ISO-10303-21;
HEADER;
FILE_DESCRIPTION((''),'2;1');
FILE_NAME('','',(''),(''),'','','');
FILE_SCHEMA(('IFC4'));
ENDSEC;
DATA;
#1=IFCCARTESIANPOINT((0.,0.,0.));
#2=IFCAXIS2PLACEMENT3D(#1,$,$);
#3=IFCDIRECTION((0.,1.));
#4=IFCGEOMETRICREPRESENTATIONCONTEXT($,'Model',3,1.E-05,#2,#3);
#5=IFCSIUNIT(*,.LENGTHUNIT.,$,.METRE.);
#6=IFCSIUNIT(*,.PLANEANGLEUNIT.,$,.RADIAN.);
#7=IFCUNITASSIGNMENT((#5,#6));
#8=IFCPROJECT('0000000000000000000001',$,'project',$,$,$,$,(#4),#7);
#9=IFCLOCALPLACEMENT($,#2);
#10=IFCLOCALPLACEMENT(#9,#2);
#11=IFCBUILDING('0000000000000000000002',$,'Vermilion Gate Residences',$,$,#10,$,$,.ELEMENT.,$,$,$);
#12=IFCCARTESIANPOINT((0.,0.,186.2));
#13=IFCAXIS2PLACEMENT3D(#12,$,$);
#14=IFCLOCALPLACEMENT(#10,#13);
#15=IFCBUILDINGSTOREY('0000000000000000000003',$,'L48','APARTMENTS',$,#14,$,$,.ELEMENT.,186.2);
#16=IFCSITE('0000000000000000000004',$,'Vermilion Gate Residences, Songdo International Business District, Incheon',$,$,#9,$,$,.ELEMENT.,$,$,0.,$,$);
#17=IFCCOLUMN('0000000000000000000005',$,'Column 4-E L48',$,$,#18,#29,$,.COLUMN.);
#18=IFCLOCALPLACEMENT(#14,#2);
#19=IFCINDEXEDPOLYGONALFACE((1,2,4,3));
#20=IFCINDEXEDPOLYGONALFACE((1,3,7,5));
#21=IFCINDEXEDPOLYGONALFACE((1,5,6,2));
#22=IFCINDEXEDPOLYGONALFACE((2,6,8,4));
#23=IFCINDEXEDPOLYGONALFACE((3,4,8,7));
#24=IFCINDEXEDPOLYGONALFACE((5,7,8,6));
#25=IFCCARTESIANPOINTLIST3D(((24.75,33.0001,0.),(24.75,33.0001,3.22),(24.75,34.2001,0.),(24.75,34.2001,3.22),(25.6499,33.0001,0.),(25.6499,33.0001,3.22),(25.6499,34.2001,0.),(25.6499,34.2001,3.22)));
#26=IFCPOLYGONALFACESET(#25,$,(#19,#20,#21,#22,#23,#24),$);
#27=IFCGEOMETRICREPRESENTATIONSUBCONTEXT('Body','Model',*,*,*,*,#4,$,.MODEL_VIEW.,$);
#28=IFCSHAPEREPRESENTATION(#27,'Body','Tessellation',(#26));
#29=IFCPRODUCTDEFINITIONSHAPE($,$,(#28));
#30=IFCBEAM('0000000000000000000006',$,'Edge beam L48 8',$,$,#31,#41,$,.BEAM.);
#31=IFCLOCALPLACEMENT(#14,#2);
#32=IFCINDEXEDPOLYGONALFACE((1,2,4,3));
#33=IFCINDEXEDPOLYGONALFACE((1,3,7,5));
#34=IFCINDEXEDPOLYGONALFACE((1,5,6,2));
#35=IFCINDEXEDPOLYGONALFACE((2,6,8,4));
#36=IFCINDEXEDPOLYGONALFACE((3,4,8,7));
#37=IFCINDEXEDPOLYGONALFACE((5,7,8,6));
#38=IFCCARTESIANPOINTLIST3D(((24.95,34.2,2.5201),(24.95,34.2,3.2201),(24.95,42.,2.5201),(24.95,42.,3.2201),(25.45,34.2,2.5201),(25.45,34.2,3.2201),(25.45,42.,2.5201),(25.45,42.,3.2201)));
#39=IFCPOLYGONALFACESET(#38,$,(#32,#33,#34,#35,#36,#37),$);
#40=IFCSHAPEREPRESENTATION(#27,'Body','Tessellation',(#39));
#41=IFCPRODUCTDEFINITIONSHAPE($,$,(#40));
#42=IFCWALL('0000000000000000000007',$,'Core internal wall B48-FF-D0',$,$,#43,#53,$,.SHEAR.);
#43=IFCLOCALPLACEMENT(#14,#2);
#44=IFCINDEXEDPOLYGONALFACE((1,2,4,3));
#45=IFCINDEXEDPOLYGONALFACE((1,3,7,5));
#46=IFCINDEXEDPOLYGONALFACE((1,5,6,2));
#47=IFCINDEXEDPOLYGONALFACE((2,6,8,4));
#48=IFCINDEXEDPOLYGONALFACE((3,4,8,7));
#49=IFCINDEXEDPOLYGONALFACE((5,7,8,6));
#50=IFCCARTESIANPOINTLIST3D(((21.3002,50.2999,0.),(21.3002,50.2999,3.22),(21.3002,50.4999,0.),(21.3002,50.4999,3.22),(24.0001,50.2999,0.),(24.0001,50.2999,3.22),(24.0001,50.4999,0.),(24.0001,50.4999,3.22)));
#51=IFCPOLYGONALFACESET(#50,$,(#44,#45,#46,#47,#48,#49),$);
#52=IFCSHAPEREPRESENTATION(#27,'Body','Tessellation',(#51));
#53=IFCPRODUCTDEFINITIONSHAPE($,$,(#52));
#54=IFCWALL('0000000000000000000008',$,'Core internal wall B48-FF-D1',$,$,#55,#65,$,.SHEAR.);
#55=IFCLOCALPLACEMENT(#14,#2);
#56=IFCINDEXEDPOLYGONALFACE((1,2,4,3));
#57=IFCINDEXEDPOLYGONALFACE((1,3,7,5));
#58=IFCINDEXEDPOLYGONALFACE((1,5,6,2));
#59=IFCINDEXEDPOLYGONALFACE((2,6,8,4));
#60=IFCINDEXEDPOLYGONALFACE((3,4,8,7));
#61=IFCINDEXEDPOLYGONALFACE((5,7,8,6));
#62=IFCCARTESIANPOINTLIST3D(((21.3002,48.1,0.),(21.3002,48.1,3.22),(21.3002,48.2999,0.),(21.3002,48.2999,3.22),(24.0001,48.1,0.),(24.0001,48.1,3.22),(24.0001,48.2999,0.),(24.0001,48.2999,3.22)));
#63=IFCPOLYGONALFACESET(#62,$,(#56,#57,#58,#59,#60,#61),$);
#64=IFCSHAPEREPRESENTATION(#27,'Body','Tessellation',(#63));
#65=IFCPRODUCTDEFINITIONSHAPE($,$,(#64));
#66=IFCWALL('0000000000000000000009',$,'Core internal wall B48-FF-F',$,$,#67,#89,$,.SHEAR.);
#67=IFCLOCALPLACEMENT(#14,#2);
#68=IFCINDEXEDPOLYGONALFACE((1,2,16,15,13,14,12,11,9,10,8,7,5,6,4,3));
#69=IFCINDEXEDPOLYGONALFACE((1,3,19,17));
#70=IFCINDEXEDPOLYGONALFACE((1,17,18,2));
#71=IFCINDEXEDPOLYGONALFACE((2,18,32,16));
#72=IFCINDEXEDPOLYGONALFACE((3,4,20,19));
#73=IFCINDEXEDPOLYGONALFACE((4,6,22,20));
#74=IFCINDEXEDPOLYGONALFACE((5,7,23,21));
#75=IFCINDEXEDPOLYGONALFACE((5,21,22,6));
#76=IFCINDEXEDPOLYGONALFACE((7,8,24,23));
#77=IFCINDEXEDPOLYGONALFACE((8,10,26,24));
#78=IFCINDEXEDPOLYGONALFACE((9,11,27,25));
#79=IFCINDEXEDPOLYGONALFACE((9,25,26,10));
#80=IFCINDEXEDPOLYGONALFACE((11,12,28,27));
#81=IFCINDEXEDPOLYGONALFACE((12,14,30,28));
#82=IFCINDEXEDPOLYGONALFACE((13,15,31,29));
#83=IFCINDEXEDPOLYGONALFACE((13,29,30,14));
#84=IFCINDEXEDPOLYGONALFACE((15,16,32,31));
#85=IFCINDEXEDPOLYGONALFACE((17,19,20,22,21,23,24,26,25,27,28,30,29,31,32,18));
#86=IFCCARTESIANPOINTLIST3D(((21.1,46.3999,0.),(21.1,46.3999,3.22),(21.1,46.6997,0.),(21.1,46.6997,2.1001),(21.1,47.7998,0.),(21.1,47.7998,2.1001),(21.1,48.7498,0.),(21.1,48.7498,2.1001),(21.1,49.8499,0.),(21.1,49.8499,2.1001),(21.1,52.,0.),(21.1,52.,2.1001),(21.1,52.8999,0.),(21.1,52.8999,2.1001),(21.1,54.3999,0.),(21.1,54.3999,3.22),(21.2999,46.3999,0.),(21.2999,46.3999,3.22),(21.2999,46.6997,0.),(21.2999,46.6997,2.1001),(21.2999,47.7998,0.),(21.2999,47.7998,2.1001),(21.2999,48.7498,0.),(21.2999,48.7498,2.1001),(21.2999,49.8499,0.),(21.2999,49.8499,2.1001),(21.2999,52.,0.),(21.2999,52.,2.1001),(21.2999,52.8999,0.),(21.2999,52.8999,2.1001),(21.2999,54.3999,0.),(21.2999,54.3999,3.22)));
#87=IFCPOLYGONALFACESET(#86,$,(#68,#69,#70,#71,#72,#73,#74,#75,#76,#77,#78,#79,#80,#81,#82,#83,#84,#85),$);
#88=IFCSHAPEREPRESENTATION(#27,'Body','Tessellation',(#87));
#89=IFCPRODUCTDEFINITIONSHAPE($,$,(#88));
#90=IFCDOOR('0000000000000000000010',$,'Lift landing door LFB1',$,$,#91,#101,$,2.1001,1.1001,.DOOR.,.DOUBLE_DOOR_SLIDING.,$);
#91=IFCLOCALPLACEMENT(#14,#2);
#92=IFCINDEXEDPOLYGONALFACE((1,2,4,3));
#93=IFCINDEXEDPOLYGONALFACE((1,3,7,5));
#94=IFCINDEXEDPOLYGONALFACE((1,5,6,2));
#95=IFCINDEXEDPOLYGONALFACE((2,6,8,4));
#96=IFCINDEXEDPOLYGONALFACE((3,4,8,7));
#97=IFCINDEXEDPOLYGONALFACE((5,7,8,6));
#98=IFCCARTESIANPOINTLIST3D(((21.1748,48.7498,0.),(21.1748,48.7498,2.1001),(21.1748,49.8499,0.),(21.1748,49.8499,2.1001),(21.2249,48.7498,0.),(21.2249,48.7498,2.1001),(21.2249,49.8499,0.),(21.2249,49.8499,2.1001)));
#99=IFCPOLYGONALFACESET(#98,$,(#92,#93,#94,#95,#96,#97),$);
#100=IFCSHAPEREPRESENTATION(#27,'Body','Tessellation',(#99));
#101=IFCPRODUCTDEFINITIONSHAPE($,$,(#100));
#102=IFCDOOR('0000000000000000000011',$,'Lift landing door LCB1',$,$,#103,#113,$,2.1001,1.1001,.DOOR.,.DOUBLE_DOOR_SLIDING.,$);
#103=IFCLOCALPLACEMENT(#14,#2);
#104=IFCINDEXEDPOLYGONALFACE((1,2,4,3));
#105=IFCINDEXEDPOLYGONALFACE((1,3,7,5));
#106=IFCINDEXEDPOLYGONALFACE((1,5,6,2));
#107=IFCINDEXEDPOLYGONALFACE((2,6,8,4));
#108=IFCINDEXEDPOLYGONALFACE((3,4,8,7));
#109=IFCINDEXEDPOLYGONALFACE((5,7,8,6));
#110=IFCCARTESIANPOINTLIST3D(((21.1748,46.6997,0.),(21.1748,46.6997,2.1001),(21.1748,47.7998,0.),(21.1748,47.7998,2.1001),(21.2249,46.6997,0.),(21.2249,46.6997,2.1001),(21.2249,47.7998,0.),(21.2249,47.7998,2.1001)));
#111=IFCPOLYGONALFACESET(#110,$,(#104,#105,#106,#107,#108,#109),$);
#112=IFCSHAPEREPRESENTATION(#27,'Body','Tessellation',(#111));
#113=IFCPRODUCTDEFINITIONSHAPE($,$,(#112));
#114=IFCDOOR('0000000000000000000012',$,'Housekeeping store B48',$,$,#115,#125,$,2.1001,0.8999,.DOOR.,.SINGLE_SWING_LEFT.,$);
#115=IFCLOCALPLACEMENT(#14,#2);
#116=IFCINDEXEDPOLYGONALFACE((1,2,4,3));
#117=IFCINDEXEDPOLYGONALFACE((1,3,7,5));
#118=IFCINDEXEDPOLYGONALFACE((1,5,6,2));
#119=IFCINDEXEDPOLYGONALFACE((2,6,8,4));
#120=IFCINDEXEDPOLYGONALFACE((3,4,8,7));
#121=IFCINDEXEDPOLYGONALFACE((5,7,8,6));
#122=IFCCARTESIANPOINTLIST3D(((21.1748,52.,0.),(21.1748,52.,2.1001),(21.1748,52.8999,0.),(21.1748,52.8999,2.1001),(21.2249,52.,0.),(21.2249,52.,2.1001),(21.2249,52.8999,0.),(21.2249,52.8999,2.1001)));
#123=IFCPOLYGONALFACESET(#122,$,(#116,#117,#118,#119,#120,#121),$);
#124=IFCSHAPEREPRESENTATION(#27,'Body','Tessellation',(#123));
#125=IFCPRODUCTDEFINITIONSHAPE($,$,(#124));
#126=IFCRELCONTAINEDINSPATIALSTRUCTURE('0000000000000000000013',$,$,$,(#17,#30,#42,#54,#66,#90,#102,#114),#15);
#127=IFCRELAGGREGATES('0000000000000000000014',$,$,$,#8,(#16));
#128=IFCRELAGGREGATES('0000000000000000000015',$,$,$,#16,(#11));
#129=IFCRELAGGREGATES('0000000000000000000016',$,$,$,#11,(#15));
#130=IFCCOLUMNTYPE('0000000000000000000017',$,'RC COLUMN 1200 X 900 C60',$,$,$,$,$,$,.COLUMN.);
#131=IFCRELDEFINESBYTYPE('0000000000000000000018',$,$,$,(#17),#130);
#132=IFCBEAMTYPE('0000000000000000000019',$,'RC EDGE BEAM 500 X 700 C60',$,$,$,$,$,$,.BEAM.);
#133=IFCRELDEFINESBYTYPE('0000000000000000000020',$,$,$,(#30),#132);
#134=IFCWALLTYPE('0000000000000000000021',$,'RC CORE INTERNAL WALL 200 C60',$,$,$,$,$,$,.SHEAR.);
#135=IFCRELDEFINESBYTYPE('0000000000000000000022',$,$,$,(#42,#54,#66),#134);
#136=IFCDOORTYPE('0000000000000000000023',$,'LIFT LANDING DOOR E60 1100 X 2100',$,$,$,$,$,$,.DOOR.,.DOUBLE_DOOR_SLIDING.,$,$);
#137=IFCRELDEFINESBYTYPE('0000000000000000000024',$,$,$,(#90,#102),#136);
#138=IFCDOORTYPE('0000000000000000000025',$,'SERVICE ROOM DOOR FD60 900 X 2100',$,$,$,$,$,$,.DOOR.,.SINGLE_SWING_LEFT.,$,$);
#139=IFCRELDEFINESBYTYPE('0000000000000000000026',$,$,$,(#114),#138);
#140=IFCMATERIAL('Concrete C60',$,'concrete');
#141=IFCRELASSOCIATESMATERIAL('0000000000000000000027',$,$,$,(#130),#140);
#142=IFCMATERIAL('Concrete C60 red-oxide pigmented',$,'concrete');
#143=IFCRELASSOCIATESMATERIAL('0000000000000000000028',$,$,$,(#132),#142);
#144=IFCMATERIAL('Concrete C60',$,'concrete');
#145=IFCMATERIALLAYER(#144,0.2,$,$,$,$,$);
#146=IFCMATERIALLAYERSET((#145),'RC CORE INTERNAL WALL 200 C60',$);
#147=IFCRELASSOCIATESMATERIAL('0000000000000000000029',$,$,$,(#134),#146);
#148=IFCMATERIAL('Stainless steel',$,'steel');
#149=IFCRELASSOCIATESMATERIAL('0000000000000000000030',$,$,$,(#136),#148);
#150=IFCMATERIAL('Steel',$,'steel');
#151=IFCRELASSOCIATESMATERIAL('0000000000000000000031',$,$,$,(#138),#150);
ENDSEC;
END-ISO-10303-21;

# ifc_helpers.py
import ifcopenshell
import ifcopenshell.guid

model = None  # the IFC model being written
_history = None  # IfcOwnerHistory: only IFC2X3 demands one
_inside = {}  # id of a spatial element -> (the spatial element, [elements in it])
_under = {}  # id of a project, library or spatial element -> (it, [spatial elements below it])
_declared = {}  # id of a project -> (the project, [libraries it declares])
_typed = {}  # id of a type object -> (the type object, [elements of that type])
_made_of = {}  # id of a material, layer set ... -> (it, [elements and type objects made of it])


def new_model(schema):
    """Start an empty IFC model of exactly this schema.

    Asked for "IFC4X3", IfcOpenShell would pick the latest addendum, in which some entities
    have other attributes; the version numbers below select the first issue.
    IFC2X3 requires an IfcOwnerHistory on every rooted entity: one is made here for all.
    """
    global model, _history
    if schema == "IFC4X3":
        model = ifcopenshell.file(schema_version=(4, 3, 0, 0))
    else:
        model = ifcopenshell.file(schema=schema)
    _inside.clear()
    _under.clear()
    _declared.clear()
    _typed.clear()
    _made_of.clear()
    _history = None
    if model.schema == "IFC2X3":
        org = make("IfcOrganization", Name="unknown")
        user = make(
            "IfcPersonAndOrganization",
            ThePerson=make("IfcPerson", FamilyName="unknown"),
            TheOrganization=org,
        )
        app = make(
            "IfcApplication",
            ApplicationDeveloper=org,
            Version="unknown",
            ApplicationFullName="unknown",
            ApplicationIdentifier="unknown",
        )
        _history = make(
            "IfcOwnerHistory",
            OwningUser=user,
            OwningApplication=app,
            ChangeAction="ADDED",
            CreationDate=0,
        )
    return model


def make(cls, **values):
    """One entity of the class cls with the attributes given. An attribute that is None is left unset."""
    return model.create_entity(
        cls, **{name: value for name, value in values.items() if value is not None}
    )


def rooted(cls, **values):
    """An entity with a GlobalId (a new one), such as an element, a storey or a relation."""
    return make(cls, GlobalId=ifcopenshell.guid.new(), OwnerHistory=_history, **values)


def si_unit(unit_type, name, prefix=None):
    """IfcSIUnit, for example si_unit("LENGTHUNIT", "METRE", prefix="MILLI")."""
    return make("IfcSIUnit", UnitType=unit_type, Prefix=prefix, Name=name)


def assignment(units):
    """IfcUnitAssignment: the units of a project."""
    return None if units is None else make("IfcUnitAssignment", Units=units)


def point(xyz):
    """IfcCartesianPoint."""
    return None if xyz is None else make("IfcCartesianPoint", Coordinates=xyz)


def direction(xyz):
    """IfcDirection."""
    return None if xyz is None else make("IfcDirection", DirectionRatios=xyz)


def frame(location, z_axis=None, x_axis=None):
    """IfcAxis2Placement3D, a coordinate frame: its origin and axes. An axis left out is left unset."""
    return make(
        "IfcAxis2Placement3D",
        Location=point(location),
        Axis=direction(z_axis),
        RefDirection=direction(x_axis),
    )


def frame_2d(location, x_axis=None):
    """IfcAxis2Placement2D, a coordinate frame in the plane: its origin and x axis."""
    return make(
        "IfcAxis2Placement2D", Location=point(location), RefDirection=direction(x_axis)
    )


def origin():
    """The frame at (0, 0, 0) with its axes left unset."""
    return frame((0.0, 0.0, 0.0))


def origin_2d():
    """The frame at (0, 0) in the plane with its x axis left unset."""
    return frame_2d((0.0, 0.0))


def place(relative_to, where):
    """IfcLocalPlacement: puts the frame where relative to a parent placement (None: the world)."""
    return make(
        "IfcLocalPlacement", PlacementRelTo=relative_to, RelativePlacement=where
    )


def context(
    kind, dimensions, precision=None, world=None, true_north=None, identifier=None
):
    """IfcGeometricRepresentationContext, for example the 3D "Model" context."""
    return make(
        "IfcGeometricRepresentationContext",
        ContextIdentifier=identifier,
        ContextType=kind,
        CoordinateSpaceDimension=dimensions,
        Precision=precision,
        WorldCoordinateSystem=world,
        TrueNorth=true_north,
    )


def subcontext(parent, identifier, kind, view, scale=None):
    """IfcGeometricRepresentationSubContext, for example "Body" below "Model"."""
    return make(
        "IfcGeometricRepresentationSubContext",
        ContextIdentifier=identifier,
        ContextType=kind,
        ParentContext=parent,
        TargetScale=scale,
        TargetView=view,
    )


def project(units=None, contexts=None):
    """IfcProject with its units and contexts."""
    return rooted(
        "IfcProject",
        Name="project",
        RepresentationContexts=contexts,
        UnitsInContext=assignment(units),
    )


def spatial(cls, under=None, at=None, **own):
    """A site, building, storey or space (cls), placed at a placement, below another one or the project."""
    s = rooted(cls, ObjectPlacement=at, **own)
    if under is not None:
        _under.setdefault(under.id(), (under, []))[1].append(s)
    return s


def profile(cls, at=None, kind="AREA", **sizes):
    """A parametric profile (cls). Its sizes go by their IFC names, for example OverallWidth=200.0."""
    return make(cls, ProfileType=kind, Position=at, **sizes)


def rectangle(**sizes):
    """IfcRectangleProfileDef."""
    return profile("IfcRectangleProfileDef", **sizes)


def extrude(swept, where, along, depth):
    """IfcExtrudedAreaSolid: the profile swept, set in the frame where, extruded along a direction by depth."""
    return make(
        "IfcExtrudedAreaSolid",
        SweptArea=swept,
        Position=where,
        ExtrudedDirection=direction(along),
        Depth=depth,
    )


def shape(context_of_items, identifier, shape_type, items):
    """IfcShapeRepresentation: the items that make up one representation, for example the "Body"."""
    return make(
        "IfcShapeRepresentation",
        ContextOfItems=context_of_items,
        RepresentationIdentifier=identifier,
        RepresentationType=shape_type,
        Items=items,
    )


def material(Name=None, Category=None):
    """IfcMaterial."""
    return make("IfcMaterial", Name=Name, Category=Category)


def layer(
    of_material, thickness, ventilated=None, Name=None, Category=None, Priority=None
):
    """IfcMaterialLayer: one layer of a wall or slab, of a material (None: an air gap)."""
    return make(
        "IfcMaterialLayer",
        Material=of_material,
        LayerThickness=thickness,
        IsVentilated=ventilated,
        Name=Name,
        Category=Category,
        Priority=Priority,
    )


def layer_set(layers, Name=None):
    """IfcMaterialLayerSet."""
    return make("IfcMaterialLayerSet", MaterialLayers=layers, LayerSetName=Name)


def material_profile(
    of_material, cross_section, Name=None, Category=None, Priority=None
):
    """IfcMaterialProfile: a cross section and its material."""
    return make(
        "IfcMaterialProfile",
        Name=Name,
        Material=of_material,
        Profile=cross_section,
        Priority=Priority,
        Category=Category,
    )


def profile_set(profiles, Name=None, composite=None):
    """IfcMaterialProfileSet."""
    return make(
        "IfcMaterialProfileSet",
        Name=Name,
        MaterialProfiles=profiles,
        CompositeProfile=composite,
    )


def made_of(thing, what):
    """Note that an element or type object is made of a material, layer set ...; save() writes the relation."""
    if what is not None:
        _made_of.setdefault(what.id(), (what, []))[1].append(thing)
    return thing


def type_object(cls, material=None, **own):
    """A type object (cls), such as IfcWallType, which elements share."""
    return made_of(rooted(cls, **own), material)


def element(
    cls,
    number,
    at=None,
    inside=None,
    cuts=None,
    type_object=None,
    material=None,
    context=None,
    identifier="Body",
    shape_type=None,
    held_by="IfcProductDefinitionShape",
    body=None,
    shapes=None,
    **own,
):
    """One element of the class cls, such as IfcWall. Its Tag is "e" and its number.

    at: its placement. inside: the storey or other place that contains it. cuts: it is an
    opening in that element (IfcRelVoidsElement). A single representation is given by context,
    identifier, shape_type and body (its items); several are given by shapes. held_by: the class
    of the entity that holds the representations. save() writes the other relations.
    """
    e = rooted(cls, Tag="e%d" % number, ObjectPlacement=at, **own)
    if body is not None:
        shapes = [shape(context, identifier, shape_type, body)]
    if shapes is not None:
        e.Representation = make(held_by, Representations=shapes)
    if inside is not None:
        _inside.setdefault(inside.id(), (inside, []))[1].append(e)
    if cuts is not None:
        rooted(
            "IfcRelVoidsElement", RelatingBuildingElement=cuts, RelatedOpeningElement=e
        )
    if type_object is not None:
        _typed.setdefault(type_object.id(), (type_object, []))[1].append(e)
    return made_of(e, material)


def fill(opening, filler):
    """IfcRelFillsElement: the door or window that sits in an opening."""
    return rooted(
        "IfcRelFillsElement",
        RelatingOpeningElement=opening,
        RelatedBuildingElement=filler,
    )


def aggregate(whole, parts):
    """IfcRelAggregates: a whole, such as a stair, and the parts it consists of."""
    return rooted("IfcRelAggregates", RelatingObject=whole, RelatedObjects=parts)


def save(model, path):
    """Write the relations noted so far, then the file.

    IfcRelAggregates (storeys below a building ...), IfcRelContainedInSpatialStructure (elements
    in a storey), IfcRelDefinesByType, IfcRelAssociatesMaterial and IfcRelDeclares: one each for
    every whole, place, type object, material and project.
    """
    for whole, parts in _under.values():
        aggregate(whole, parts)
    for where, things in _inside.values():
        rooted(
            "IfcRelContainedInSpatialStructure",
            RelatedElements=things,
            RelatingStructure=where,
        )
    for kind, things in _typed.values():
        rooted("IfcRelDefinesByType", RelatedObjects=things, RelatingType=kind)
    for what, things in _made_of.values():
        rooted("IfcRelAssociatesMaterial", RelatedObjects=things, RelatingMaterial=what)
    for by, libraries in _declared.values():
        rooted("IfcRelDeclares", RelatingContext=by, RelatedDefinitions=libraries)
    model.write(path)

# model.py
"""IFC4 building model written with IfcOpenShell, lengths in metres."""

from ifc_helpers import new_model, si_unit, direction, frame, frame_2d, origin, origin_2d, place, context, subcontext, project, spatial, rectangle, extrude, material, layer, layer_set, material_profile, profile_set, type_object, element, fill, save


model = new_model("IFC4")

# Units and contexts
model_context = context("Model", 3, precision=1e-05, world=origin(), true_north=direction((0.0, 1.0)))
body_context = subcontext(model_context, "Body", "Model", "MODEL_VIEW")
ifc_project = project(units=[si_unit("LENGTHUNIT", "METRE"), si_unit("PLANEANGLEUNIT", "RADIAN")], contexts=[model_context])

# Site, building, storey
site_placement = place(None, origin())
site = spatial("IfcSite", under=ifc_project, at=site_placement, Name="Vermilion Gate Residences, Songdo International Business District, Incheon", CompositionType="ELEMENT", RefElevation=0.0)
building_placement = place(site_placement, origin())
building = spatial("IfcBuilding", under=site, at=building_placement, Name="Vermilion Gate Residences", CompositionType="ELEMENT")
storey_placement = place(building_placement, frame((0.0, 0.0, 186.2)))
storey = spatial("IfcBuildingStorey", under=building, at=storey_placement, Name="L48", Description="APARTMENTS", CompositionType="ELEMENT", Elevation=186.2)

# Column
ifc_material_1 = material(Name="Concrete C60", Category="concrete")
ifc_material_profile_1 = material_profile(ifc_material_1, rectangle(XDim=1.2, YDim=0.8999, at=origin_2d()), Name="RC-1200x900")
ifc_profile_set_1 = profile_set([ifc_material_profile_1], Name="Concrete C60")
column_type = type_object("IfcColumnType", Name="RC COLUMN 1200 X 900 C60", PredefinedType="COLUMN", material=ifc_profile_set_1)
column_placement = place(storey_placement, frame((25.2, 33.6001, 0.0), z_axis=(0.0, 0.0, 1.0), x_axis=(0.0, 1.0, 0.0)))
element("IfcColumn", 1, at=column_placement, inside=storey, type_object=column_type, Name="Column 4-E L48", PredefinedType="COLUMN", context=body_context, shape_type="SweptSolid", body=[
    extrude(rectangle(XDim=1.2, YDim=0.8999, at=origin_2d()), origin(), (0.0, 0.0, 1.0), 3.22),
])

# Beam
ifc_material_2 = material(Name="Concrete C60 red-oxide pigmented", Category="concrete")
ifc_material_profile_2 = material_profile(ifc_material_2, rectangle(XDim=0.5, YDim=0.7, at=origin_2d()), Name="RC-500x700")
ifc_profile_set_2 = profile_set([ifc_material_profile_2], Name="Concrete C60 red-oxide pigmented")
beam_type = type_object("IfcBeamType", Name="RC EDGE BEAM 500 X 700 C60", PredefinedType="BEAM", material=ifc_profile_set_2)
beam_placement = place(storey_placement, frame((25.2, 34.2, 2.8701), z_axis=(0.0, 1.0, 0.0), x_axis=(-1.0, 0.0, 0.0)))
element("IfcBeam", 2, at=beam_placement, inside=storey, type_object=beam_type, Name="Edge beam L48 8", PredefinedType="BEAM", context=body_context, shape_type="SweptSolid", body=[
    extrude(rectangle(XDim=0.5, YDim=0.7, at=origin_2d()), origin(), (0.0, 0.0, 1.0), 7.8),
])

# Walls
ifc_material_3 = material(Name="Concrete C60", Category="concrete")
ifc_layer_1 = layer(ifc_material_3, 0.2)
ifc_layer_set_1 = layer_set([ifc_layer_1], Name="RC CORE INTERNAL WALL 200 C60")
wall_type_1 = type_object("IfcWallType", Name="RC CORE INTERNAL WALL 200 C60", PredefinedType="SHEAR", material=ifc_layer_set_1)
for number, where, z_axis, x_axis, name in (
    (3, (21.3, 50.3999, 0.0), (0.0, 0.0, 1.0), (1.0, 0.0, 0.0), "Core internal wall B48-FF-D0"),
    (4, (21.3, 48.2, 0.0), (0.0, 0.0, 1.0), (1.0, 0.0, 0.0), "Core internal wall B48-FF-D1"),
):
    element("IfcWall", number, at=place(storey_placement, frame(where, z_axis=z_axis, x_axis=x_axis)), inside=storey, type_object=wall_type_1, Name=name, PredefinedType="SHEAR", context=body_context, shape_type="SweptSolid", body=[
        extrude(rectangle(XDim=2.7, YDim=0.2, at=frame_2d((1.3501, 0.0))), origin(), (0.0, 0.0, 1.0), 3.22),
    ])

# Wall, openings, doors
wall_1_placement = place(storey_placement, frame((21.2, 54.3999, 0.0), z_axis=(0.0, 0.0, 1.0), x_axis=(0.0, -1.0, 0.0)))
wall_1 = element("IfcWall", 5, at=wall_1_placement, inside=storey, type_object=wall_type_1, Name="Core internal wall B48-FF-F", PredefinedType="SHEAR", context=body_context, shape_type="SweptSolid", body=[
    extrude(rectangle(XDim=8.0, YDim=0.2, at=frame_2d((4.0, 0.0))), origin(), (0.0, 0.0, 1.0), 3.22),
])
opening_1_placement = place(wall_1_placement, frame((1.5, 0.0, 0.0)))
opening_1 = element("IfcOpeningElement", 6, at=opening_1_placement, cuts=wall_1, PredefinedType="OPENING", context=body_context, shape_type="SweptSolid", body=[
    extrude(rectangle(XDim=0.8999, YDim=2.1001, at=frame_2d((0.45, 1.05))), frame((0.0, 0.1099, 0.0), z_axis=(0.0, -1.0, 0.0), x_axis=(1.0, 0.0, 0.0)), (0.0, 0.0, 1.0), 0.22),
])
opening_2_placement = place(wall_1_placement, frame((4.55, 0.0, 0.0)))
opening_2 = element("IfcOpeningElement", 7, at=opening_2_placement, cuts=wall_1, PredefinedType="OPENING", context=body_context, shape_type="SweptSolid", body=[
    extrude(rectangle(XDim=1.1001, YDim=2.1001, at=frame_2d((0.55, 1.05))), frame((0.0, 0.1099, 0.0), z_axis=(0.0, -1.0, 0.0), x_axis=(1.0, 0.0, 0.0)), (0.0, 0.0, 1.0), 0.22),
])
opening_3_placement = place(wall_1_placement, frame((6.6001, 0.0, 0.0)))
opening_3 = element("IfcOpeningElement", 8, at=opening_3_placement, cuts=wall_1, PredefinedType="OPENING", context=body_context, shape_type="SweptSolid", body=[
    extrude(rectangle(XDim=1.1001, YDim=2.1001, at=frame_2d((0.55, 1.05))), frame((0.0, 0.1099, 0.0), z_axis=(0.0, -1.0, 0.0), x_axis=(1.0, 0.0, 0.0)), (0.0, 0.0, 1.0), 0.22),
])
ifc_material_4 = material(Name="Stainless steel", Category="steel")
door_type_1 = type_object("IfcDoorType", Name="LIFT LANDING DOOR E60 1100 X 2100", OperationType="DOUBLE_DOOR_SLIDING", PredefinedType="DOOR", material=ifc_material_4)
door_1_placement = place(opening_2_placement, origin())
door_1 = element("IfcDoor", 9, at=door_1_placement, inside=storey, type_object=door_type_1, Name="Lift landing door LFB1", OperationType="DOUBLE_DOOR_SLIDING", OverallHeight=2.1001, OverallWidth=1.1001, PredefinedType="DOOR", context=body_context, shape_type="SweptSolid", body=[
    extrude(rectangle(XDim=1.1001, YDim=2.1001, at=frame_2d((0.55, 1.05))), frame((0.0, 0.0249, 0.0), z_axis=(0.0, -1.0, 0.0), x_axis=(1.0, 0.0, 0.0)), (0.0, 0.0, 1.0), 0.05),
])
fill(opening_2, door_1)
door_2_placement = place(opening_3_placement, origin())
door_2 = element("IfcDoor", 10, at=door_2_placement, inside=storey, type_object=door_type_1, Name="Lift landing door LCB1", OperationType="DOUBLE_DOOR_SLIDING", OverallHeight=2.1001, OverallWidth=1.1001, PredefinedType="DOOR", context=body_context, shape_type="SweptSolid", body=[
    extrude(rectangle(XDim=1.1001, YDim=2.1001, at=frame_2d((0.55, 1.05))), frame((0.0, 0.0249, 0.0), z_axis=(0.0, -1.0, 0.0), x_axis=(1.0, 0.0, 0.0)), (0.0, 0.0, 1.0), 0.05),
])
fill(opening_3, door_2)
ifc_material_5 = material(Name="Steel", Category="steel")
door_type_2 = type_object("IfcDoorType", Name="SERVICE ROOM DOOR FD60 900 X 2100", OperationType="SINGLE_SWING_LEFT", PredefinedType="DOOR", material=ifc_material_5)
door_3_placement = place(opening_1_placement, origin())
door_3 = element("IfcDoor", 11, at=door_3_placement, inside=storey, type_object=door_type_2, Name="Housekeeping store B48", OperationType="SINGLE_SWING_LEFT", OverallHeight=2.1001, OverallWidth=0.8999, PredefinedType="DOOR", context=body_context, shape_type="SweptSolid", body=[
    extrude(rectangle(XDim=0.8999, YDim=2.1001, at=frame_2d((0.45, 1.05))), frame((0.0, 0.0249, 0.0), z_axis=(0.0, -1.0, 0.0), x_axis=(1.0, 0.0, 0.0)), (0.0, 0.0, 1.0), 0.05),
])
fill(opening_1, door_3)

save(model, "model.ifc")
